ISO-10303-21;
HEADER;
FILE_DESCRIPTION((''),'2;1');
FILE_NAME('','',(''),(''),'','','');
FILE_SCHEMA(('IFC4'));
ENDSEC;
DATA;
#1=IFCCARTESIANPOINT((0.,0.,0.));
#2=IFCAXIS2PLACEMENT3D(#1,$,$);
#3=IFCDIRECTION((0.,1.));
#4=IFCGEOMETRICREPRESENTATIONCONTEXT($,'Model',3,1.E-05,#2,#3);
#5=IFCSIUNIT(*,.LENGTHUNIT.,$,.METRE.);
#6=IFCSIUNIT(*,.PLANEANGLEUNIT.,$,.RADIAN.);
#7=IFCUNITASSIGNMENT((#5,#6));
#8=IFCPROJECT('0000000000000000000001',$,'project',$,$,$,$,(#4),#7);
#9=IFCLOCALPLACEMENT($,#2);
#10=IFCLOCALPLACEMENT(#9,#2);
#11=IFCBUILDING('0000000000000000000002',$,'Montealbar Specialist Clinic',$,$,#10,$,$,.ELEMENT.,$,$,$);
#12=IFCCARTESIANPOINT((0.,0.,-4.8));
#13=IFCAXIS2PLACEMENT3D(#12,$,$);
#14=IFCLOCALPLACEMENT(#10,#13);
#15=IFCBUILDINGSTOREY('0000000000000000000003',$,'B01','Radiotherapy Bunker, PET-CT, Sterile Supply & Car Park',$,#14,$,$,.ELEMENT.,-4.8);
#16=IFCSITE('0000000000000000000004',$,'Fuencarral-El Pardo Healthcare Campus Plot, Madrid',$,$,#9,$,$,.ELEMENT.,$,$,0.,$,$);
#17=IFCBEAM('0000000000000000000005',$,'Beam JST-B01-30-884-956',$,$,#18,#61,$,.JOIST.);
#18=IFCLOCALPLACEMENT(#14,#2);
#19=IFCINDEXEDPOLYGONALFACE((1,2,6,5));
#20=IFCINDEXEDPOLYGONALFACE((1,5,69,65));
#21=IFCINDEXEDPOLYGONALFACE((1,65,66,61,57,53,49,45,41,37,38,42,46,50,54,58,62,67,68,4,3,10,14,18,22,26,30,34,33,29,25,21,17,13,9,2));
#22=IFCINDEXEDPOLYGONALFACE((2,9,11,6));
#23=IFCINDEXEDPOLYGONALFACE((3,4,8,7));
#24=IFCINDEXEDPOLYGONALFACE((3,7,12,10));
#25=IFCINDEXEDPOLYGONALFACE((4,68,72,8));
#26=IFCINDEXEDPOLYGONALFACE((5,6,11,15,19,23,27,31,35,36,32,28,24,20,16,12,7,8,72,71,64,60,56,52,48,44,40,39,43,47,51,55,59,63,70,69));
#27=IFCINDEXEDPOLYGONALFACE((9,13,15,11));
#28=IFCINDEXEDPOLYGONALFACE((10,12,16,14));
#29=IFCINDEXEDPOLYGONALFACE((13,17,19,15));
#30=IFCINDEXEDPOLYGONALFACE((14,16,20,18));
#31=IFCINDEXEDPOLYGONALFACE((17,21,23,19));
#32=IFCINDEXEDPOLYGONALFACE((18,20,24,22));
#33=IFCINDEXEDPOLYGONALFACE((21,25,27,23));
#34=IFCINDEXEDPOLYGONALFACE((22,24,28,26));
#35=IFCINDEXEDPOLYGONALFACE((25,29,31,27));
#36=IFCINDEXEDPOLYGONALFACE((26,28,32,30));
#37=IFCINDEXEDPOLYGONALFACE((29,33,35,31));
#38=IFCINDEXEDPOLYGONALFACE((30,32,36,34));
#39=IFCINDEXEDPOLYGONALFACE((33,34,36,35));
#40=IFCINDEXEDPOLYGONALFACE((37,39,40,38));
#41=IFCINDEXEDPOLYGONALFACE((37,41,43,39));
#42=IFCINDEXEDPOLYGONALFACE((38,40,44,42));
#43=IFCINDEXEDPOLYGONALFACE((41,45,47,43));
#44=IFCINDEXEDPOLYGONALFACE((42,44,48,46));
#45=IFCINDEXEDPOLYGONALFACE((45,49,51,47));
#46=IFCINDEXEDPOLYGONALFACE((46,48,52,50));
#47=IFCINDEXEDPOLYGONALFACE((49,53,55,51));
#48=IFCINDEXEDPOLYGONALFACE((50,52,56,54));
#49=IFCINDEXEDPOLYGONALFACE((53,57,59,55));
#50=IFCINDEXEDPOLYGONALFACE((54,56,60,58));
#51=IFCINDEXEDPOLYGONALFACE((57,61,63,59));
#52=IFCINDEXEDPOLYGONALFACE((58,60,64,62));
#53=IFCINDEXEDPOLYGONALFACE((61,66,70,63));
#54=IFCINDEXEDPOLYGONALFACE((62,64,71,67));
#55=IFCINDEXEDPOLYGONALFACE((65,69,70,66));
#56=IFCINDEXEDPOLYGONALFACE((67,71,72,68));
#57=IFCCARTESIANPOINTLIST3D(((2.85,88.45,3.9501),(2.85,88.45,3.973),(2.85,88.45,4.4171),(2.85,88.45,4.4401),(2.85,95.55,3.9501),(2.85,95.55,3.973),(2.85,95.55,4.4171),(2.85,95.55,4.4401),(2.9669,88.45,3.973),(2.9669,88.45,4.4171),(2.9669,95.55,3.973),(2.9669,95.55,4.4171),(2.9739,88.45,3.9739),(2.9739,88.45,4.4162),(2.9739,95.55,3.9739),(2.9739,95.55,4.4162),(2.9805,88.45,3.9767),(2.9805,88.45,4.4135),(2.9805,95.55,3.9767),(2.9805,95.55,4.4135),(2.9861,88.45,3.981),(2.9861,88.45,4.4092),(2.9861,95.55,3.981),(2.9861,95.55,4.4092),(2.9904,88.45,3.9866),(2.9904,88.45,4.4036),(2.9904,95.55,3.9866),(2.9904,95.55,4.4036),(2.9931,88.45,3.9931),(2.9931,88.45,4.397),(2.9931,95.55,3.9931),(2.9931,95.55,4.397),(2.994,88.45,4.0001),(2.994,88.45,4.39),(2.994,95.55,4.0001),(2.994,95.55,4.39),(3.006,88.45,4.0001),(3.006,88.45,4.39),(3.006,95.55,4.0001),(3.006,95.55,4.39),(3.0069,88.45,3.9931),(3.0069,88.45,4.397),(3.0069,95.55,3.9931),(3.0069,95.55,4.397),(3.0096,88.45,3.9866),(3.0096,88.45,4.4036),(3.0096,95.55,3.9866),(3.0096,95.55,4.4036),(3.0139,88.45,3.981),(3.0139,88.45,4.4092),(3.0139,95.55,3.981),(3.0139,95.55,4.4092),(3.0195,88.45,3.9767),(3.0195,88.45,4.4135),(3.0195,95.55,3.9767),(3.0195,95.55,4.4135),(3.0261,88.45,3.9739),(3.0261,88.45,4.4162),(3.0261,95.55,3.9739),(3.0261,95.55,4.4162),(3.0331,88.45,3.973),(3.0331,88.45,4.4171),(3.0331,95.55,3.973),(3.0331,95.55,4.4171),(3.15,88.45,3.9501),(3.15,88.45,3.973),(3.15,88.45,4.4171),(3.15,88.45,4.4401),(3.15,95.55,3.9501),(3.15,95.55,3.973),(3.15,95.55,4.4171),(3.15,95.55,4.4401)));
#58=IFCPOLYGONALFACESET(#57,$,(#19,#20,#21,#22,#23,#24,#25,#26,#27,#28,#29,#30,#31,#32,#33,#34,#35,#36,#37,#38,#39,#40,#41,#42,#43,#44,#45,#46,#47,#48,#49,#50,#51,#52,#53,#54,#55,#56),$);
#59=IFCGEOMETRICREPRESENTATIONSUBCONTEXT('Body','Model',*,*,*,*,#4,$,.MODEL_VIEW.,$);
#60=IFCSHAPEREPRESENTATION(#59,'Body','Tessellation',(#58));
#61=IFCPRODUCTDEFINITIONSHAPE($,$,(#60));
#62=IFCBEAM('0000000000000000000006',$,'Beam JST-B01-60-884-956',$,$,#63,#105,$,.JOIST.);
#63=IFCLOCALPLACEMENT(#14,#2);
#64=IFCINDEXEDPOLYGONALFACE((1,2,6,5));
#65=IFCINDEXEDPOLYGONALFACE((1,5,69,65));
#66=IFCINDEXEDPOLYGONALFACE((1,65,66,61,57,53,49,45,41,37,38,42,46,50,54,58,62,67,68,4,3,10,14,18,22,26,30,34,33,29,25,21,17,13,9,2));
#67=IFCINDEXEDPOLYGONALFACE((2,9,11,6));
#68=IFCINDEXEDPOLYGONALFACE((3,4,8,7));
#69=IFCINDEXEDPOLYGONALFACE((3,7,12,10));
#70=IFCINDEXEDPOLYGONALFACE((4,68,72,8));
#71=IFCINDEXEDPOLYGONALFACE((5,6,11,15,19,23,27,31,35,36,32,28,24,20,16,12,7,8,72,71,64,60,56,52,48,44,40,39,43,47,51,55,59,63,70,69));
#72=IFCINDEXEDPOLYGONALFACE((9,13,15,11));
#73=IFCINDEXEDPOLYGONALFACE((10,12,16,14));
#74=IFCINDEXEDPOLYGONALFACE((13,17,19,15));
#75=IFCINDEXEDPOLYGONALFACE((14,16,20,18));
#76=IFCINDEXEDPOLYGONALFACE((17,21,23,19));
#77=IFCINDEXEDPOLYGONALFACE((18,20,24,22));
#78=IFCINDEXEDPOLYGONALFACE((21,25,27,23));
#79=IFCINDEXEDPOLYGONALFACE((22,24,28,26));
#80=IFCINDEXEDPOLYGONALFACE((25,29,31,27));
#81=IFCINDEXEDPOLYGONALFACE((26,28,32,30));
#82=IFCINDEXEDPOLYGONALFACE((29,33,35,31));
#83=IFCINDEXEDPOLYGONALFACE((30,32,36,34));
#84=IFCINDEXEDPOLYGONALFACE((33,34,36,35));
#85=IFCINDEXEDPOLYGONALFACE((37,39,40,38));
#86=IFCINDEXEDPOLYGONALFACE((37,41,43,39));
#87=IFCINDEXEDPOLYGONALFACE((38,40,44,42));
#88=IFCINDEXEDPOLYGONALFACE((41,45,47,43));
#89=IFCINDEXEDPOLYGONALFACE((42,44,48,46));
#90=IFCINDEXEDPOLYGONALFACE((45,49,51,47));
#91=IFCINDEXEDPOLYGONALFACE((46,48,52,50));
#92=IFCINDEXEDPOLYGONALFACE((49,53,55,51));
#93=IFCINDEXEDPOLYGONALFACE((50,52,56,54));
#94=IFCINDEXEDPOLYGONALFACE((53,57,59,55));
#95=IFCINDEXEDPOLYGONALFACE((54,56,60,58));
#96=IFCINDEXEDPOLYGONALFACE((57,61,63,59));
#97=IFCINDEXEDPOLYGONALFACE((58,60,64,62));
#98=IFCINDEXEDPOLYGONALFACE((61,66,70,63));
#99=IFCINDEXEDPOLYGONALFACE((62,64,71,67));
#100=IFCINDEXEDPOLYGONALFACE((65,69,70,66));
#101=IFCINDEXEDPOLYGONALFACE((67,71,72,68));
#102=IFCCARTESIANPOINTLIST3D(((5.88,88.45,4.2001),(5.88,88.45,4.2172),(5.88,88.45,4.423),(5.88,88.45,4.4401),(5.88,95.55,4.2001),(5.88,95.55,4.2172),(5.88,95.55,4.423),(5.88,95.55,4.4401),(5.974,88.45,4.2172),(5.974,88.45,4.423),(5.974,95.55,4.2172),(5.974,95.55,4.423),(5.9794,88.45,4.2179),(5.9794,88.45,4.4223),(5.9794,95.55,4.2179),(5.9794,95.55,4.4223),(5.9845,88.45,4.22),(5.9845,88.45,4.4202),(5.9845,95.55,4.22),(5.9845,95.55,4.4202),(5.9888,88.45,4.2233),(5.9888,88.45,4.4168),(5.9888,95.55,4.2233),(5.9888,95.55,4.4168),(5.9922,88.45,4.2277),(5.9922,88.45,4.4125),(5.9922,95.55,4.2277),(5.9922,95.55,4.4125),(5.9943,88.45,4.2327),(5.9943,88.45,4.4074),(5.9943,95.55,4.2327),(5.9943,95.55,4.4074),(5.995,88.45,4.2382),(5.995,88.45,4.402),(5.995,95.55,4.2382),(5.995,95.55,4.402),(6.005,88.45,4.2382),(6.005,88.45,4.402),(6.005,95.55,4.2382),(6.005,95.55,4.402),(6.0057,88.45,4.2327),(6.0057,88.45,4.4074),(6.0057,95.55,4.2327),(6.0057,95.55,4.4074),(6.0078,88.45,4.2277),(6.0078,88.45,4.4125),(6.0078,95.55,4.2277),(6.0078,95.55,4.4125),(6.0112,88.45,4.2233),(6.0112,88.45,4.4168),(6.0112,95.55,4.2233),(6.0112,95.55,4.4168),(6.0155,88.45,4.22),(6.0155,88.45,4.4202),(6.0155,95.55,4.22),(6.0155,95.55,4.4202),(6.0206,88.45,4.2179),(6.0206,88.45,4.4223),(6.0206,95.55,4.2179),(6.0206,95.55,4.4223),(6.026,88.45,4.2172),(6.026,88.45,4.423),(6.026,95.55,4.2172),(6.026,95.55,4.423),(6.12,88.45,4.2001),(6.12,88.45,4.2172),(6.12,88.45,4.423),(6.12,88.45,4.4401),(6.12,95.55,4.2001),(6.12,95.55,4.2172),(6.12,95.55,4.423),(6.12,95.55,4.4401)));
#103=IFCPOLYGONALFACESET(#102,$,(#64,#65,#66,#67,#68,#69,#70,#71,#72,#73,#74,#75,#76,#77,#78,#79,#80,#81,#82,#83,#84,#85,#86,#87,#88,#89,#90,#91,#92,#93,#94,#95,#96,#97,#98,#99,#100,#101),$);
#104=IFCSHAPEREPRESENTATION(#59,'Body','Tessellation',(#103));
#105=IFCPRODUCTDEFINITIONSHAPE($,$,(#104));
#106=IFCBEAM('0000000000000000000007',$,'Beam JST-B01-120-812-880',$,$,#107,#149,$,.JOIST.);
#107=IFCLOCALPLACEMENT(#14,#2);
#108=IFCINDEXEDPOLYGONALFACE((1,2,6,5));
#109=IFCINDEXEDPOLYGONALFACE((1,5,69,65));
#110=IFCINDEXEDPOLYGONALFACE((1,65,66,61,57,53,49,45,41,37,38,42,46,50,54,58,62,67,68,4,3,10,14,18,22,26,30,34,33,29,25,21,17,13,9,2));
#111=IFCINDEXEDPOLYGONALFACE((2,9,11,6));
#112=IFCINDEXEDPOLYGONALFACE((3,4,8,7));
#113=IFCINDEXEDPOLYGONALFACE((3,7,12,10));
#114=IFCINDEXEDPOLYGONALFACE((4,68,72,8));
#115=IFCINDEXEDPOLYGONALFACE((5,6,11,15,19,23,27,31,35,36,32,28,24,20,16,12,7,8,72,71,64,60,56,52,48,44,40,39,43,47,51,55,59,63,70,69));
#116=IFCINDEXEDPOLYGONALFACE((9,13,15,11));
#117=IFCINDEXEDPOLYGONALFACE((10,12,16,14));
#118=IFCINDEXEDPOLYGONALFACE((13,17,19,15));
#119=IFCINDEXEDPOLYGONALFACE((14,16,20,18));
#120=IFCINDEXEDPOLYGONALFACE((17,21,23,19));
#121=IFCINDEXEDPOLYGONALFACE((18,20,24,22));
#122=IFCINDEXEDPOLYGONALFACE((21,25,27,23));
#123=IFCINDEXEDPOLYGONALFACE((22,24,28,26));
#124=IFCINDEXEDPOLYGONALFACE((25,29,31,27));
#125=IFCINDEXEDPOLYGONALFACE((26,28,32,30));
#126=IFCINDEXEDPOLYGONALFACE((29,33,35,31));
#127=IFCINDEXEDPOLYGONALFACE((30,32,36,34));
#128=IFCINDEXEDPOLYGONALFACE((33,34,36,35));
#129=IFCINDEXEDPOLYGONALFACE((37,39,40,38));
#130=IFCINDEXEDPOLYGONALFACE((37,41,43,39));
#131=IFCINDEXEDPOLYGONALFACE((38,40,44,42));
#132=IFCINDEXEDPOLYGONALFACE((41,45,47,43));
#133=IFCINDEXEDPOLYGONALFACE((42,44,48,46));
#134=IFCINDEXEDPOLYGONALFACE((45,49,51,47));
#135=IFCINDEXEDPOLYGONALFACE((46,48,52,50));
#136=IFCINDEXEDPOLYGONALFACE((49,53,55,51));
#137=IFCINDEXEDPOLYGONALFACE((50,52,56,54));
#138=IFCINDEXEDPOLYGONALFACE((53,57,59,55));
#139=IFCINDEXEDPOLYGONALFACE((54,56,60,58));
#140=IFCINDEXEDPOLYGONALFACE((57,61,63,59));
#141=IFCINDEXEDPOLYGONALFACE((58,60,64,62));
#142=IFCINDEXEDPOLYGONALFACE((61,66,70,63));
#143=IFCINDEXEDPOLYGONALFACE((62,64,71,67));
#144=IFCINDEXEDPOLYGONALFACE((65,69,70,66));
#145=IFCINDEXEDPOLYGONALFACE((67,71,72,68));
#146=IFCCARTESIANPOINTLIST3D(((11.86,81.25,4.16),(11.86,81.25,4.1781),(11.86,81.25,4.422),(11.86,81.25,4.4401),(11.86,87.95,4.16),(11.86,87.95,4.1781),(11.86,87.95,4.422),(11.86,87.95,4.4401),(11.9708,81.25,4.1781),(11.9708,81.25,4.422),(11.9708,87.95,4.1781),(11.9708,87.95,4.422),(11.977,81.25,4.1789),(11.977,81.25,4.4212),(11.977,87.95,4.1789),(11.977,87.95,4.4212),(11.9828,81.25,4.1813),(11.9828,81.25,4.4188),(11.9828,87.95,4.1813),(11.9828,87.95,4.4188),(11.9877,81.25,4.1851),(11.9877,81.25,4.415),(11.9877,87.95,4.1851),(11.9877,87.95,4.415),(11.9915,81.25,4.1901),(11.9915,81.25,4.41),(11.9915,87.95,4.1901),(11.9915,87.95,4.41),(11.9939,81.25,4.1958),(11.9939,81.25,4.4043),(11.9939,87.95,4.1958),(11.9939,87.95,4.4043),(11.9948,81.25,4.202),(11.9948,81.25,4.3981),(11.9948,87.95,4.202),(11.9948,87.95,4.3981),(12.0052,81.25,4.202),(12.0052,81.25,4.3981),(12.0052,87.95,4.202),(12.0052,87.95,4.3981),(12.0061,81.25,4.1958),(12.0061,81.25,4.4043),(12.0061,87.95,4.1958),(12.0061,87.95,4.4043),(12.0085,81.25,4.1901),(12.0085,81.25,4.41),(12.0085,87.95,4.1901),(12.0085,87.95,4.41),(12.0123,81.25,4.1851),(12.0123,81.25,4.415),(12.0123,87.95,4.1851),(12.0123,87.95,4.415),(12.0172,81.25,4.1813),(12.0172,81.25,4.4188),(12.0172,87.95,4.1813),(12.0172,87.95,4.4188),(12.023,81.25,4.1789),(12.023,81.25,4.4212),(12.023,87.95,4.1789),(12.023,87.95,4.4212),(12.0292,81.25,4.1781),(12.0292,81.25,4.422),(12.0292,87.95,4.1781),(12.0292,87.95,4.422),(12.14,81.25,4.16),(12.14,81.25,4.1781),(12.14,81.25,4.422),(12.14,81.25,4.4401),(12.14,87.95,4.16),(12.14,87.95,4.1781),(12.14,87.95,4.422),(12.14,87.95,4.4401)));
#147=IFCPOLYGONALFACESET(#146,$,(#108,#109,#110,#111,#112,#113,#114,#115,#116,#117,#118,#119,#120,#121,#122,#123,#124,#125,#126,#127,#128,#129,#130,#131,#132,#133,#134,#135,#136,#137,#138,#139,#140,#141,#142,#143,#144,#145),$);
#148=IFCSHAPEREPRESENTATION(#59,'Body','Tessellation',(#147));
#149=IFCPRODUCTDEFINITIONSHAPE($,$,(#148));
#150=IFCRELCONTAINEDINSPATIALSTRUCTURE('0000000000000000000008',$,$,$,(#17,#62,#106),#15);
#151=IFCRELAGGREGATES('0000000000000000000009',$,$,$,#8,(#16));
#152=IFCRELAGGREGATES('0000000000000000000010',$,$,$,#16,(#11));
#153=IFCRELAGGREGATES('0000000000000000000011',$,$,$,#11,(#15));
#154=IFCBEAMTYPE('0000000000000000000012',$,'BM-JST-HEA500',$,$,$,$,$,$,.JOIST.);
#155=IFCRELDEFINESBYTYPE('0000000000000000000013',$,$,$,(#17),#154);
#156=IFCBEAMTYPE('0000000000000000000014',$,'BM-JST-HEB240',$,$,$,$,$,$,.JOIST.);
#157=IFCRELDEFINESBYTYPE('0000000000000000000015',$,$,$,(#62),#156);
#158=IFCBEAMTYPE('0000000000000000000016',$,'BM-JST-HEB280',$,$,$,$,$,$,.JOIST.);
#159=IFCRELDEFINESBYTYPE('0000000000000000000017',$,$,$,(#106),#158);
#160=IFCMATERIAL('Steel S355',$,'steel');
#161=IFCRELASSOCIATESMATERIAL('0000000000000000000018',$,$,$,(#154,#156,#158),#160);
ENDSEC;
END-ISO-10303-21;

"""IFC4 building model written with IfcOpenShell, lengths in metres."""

from ifc_helpers import new_model, si_unit, direction, frame, origin, origin_2d, place, context, subcontext, project, spatial, i_section, extrude, material, material_profile, profile_set, type_object, element, save


model = new_model("IFC4")

# Units and contexts
model_context = context("Model", 3, precision=1e-05, world=origin(), true_north=direction((0.0, 1.0)))
body_context = subcontext(model_context, "Body", "Model", "MODEL_VIEW")
ifc_project = project(units=[si_unit("LENGTHUNIT", "METRE"), si_unit("PLANEANGLEUNIT", "RADIAN")], contexts=[model_context])

# Site, building, storey
site_placement = place(None, origin())
site = spatial("IfcSite", under=ifc_project, at=site_placement, Name="Fuencarral-El Pardo Healthcare Campus Plot, Madrid", CompositionType="ELEMENT", RefElevation=0.0)
building_placement = place(site_placement, origin())
building = spatial("IfcBuilding", under=site, at=building_placement, Name="Montealbar Specialist Clinic", CompositionType="ELEMENT")
storey_placement = place(building_placement, frame((0.0, 0.0, -4.8)))
storey = spatial("IfcBuildingStorey", under=building, at=storey_placement, Name="B01", Description="Radiotherapy Bunker, PET-CT, Sterile Supply & Car Park", CompositionType="ELEMENT", Elevation=-4.8)

# Beams
ifc_material_1 = material(Name="Steel S355", Category="steel")
ifc_material_profile_1 = material_profile(ifc_material_1, i_section(OverallWidth=0.3, OverallDepth=0.49, WebThickness=0.012, FlangeThickness=0.0229, FilletRadius=0.0271, at=origin_2d()), Name="HEA 500", Category="steel")
ifc_profile_set_1 = profile_set([ifc_material_profile_1], Name="Steel S355")
beam_type_1 = type_object("IfcBeamType", Name="BM-JST-HEA500", PredefinedType="JOIST", material=ifc_profile_set_1)
beam_1_placement = place(storey_placement, frame((3.0, 88.45, 4.1951), z_axis=(0.0, 1.0, 0.0), x_axis=(-1.0, 0.0, 0.0)))
element("IfcBeam", 1, at=beam_1_placement, inside=storey, type_object=beam_type_1, Name="Beam JST-B01-30-884-956", PredefinedType="JOIST", context=body_context, shape_type="SweptSolid", body=[
    extrude(i_section(OverallWidth=0.3, OverallDepth=0.49, WebThickness=0.012, FlangeThickness=0.0229, FilletRadius=0.0271, at=origin_2d()), origin(), (0.0, 0.0, 1.0), 7.1001),
])
ifc_material_profile_2 = material_profile(ifc_material_1, i_section(OverallWidth=0.24, OverallDepth=0.24, WebThickness=0.01, FlangeThickness=0.0171, FilletRadius=0.021, at=origin_2d()), Name="HEB 240", Category="steel")
ifc_profile_set_2 = profile_set([ifc_material_profile_2], Name="Steel S355")
beam_type_2 = type_object("IfcBeamType", Name="BM-JST-HEB240", PredefinedType="JOIST", material=ifc_profile_set_2)
beam_2_placement = place(storey_placement, frame((6.0, 88.45, 4.3201), z_axis=(0.0, 1.0, 0.0), x_axis=(-1.0, 0.0, 0.0)))
element("IfcBeam", 2, at=beam_2_placement, inside=storey, type_object=beam_type_2, Name="Beam JST-B01-60-884-956", PredefinedType="JOIST", context=body_context, shape_type="SweptSolid", body=[
    extrude(i_section(OverallWidth=0.24, OverallDepth=0.24, WebThickness=0.01, FlangeThickness=0.0171, FilletRadius=0.021, at=origin_2d()), origin(), (0.0, 0.0, 1.0), 7.1001),
])
ifc_material_profile_3 = material_profile(ifc_material_1, i_section(OverallWidth=0.28, OverallDepth=0.28, WebThickness=0.0105, FlangeThickness=0.0181, FilletRadius=0.0239, at=origin_2d()), Name="HEB 280", Category="steel")
ifc_profile_set_3 = profile_set([ifc_material_profile_3], Name="Steel S355")
beam_type_3 = type_object("IfcBeamType", Name="BM-JST-HEB280", PredefinedType="JOIST", material=ifc_profile_set_3)
beam_3_placement = place(storey_placement, frame((12.0, 81.25, 4.3), z_axis=(0.0, 1.0, 0.0), x_axis=(-1.0, 0.0, 0.0)))
element("IfcBeam", 3, at=beam_3_placement, inside=storey, type_object=beam_type_3, Name="Beam JST-B01-120-812-880", PredefinedType="JOIST", context=body_context, shape_type="SweptSolid", body=[
    extrude(i_section(OverallWidth=0.28, OverallDepth=0.28, WebThickness=0.0105, FlangeThickness=0.0181, FilletRadius=0.0239, at=origin_2d()), origin(), (0.0, 0.0, 1.0), 6.7),
])

save(model, "model.ifc")
